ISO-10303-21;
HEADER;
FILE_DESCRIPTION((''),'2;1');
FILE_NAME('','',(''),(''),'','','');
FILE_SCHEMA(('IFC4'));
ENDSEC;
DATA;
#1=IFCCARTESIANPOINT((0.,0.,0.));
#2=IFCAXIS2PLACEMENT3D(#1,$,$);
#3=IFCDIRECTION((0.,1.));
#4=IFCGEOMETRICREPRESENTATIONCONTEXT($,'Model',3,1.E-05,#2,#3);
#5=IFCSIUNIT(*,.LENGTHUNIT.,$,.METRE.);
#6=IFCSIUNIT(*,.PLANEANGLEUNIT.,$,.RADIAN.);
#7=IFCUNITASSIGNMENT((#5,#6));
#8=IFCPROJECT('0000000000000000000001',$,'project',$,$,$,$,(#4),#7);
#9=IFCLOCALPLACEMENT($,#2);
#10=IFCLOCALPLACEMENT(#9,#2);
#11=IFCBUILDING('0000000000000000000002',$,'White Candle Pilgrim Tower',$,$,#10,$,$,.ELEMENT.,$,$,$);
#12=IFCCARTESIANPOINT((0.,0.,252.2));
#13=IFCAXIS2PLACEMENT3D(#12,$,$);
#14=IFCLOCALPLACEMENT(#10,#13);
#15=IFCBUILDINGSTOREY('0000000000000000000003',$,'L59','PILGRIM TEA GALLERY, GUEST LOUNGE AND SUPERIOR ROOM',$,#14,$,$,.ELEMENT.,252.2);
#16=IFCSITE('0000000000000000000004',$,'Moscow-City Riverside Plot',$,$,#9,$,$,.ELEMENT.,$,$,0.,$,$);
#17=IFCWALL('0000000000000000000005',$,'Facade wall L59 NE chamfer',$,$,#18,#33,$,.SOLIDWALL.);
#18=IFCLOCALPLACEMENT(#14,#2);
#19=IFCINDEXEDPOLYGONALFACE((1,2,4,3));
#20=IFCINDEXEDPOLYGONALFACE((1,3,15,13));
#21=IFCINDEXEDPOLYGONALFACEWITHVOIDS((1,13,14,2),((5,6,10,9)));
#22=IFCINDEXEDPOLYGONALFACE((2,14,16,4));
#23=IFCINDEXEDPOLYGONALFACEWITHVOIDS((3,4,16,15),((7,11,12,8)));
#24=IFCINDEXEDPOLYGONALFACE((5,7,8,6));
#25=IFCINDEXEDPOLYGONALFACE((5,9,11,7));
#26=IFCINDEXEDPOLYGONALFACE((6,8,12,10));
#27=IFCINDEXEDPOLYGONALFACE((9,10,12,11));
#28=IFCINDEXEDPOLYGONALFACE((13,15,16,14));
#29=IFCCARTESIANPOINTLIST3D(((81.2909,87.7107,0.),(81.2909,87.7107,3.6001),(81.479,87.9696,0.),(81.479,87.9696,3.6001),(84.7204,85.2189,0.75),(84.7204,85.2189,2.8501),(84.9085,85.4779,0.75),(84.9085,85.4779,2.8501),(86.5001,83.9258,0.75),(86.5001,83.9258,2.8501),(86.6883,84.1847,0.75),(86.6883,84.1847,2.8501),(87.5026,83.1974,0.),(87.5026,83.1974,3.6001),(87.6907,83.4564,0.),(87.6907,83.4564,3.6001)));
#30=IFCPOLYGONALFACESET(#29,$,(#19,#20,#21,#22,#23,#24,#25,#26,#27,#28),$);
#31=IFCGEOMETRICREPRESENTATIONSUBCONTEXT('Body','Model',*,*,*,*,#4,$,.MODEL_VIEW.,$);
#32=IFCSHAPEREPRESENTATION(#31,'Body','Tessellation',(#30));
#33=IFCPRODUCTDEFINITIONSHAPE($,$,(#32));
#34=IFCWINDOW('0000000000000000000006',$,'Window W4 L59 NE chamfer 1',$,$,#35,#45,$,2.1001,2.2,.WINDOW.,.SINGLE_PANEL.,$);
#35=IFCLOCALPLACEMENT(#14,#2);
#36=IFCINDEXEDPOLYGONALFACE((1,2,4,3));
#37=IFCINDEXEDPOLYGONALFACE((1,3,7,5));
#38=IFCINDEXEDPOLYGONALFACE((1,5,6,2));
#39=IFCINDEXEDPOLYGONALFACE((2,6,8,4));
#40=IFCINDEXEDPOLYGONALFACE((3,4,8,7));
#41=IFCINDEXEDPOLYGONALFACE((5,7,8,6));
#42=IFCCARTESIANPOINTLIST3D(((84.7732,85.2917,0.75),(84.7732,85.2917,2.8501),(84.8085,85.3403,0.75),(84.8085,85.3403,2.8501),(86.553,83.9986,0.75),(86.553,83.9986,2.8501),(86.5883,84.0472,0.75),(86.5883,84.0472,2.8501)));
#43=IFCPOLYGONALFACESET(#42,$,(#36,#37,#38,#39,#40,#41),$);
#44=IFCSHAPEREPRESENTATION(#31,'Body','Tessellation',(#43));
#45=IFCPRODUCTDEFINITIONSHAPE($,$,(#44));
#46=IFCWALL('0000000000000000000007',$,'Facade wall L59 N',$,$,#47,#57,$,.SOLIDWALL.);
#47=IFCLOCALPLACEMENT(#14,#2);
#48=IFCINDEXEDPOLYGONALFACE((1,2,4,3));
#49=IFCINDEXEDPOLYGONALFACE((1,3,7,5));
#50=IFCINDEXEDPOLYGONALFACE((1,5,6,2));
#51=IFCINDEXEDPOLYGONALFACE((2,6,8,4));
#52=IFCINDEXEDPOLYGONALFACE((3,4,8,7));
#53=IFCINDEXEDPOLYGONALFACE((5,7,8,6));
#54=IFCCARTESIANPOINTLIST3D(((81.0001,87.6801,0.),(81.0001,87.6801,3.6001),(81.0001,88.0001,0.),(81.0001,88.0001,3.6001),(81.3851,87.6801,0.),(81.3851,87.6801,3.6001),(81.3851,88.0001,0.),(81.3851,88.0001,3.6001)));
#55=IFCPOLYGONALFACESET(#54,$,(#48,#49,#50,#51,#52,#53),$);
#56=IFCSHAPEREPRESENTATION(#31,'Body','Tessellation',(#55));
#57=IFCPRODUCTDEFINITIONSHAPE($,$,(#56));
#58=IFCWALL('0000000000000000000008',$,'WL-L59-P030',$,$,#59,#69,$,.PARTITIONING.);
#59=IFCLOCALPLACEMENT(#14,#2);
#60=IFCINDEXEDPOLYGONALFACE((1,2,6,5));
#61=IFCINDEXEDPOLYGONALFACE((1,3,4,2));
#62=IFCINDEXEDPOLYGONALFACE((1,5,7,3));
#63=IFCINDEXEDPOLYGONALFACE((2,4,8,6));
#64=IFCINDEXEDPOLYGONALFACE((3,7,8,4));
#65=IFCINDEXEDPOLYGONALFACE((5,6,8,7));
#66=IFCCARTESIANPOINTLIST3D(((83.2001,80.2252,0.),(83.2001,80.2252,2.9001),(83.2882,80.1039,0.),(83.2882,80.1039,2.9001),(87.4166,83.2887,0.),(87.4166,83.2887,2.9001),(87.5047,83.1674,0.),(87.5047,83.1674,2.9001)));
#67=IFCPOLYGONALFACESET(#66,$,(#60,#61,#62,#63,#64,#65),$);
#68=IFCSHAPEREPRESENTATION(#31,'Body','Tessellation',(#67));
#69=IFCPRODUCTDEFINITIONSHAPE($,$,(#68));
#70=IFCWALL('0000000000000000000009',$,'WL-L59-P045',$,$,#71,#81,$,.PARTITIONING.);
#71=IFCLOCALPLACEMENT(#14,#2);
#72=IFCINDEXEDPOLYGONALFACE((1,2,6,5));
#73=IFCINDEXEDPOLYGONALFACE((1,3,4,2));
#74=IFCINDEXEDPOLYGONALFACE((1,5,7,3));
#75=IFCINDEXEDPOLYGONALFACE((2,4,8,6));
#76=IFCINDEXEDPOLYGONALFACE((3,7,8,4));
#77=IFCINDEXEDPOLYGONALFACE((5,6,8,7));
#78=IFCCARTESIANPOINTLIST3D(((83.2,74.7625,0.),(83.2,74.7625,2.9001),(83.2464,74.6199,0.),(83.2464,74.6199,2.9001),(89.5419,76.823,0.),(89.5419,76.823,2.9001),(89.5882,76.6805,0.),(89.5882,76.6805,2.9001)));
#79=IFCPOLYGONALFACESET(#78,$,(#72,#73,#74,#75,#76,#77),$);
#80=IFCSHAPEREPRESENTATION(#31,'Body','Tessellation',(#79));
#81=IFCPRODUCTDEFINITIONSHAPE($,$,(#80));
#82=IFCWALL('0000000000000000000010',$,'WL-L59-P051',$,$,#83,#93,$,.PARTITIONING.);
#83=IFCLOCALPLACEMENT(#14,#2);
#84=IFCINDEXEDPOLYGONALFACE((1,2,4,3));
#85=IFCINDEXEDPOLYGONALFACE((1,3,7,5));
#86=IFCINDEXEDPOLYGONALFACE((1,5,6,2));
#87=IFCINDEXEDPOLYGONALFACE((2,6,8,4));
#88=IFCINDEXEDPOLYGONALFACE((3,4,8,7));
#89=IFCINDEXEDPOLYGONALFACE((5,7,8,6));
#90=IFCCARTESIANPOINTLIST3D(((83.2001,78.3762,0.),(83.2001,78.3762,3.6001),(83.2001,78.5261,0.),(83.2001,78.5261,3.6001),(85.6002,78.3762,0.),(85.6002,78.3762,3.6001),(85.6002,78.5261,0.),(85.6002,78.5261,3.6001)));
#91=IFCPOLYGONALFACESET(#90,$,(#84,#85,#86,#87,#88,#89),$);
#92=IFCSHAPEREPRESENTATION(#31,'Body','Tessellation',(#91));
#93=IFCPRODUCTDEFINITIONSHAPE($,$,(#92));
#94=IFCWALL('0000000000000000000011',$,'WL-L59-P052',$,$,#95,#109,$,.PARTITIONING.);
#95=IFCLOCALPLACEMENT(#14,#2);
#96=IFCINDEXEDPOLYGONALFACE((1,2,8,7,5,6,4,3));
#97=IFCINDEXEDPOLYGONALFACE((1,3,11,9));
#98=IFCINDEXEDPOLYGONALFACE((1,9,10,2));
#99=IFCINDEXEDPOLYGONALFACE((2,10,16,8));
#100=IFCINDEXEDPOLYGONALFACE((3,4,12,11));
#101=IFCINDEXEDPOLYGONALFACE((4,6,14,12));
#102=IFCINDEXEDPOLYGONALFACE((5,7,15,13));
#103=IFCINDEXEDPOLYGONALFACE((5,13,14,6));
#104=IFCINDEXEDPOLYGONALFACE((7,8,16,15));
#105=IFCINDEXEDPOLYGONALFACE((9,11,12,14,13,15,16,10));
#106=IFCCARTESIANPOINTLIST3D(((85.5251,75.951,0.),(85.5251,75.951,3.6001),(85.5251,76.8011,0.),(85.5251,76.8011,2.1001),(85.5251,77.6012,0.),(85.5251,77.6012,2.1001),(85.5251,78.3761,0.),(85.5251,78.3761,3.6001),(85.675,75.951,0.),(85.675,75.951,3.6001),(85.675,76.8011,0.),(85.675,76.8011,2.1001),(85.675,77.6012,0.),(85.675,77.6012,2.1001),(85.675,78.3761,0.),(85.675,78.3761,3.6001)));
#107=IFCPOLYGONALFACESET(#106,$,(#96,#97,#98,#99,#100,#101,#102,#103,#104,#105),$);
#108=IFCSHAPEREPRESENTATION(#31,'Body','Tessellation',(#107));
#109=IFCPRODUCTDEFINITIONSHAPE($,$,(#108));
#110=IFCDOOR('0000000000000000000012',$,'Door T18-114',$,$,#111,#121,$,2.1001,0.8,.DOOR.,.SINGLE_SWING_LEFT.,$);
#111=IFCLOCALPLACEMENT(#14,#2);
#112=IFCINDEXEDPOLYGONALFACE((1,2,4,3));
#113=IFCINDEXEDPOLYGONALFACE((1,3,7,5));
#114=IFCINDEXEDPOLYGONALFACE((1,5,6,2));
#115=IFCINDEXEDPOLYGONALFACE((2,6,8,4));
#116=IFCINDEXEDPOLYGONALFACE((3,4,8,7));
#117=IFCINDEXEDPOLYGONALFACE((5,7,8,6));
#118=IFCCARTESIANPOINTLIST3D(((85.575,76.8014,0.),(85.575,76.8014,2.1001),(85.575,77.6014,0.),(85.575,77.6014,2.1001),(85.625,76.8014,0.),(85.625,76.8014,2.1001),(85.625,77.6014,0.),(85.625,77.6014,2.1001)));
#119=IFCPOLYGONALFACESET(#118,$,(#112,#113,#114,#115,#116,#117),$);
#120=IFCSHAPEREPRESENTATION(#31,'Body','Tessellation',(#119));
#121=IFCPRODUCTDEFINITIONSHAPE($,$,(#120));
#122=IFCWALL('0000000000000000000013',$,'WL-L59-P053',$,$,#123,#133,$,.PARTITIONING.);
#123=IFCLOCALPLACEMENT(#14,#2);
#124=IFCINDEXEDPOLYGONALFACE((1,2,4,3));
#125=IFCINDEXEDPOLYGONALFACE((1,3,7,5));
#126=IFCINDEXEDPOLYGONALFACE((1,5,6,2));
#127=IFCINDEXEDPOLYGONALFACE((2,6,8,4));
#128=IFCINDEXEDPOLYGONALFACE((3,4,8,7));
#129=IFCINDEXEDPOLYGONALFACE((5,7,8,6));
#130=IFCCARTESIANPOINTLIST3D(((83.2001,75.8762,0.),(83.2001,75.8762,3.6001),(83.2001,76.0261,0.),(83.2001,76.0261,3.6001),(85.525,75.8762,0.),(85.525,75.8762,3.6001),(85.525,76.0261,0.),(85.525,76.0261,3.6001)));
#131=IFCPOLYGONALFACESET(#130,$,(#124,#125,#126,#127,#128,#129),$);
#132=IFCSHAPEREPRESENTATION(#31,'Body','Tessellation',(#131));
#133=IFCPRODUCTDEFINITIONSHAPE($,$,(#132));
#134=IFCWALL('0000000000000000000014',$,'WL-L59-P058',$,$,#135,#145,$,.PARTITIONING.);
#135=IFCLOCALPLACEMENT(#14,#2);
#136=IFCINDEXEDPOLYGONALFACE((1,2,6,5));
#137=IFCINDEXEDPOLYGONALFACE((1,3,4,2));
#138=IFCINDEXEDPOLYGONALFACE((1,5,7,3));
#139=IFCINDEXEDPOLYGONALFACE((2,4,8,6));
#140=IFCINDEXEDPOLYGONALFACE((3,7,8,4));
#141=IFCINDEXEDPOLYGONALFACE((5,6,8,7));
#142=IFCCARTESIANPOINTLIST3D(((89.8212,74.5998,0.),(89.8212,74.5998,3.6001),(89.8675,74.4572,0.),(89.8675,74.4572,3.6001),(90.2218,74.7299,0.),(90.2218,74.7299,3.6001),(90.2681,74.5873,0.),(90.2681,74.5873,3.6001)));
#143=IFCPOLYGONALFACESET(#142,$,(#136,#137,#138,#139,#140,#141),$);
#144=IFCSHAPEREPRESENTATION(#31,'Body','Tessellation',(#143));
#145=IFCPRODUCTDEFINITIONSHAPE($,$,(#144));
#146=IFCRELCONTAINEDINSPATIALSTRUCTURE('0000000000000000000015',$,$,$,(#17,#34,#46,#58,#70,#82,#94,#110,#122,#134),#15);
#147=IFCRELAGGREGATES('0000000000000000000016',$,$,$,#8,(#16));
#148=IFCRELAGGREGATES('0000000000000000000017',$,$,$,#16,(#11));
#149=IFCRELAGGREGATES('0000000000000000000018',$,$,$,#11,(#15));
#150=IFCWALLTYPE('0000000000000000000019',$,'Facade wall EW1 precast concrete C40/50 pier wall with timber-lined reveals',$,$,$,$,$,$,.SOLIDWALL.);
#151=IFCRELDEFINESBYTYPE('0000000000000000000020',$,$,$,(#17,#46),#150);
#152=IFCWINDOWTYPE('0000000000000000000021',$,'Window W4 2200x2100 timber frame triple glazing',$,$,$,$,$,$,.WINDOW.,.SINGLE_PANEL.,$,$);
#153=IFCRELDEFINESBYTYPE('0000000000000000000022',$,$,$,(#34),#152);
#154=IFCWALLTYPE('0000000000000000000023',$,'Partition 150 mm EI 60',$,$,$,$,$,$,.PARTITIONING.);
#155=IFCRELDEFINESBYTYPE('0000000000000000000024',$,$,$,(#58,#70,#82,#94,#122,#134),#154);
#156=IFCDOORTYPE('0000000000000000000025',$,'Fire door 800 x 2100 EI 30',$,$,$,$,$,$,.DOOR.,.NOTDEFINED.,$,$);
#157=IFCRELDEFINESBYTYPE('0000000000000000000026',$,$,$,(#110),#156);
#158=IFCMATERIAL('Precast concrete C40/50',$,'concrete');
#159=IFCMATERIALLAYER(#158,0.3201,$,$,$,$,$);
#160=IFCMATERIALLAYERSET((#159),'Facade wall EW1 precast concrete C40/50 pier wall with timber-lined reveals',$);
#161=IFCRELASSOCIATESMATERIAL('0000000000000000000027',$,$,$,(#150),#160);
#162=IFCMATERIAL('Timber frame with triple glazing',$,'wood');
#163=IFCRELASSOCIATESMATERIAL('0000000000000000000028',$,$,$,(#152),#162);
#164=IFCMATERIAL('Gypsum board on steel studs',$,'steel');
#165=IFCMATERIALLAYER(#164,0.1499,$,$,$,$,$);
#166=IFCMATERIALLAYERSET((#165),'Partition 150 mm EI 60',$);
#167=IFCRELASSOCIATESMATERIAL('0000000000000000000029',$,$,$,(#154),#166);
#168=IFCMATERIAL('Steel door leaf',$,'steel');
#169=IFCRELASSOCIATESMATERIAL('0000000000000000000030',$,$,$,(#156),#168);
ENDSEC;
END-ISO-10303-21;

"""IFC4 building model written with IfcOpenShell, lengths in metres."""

from ifc_helpers import new_model, si_unit, direction, frame, frame_2d, origin, place, context, subcontext, project, spatial, rectangle, extrude, material, layer, layer_set, type_object, element, fill, save


model = new_model("IFC4")

# Units and contexts
model_context = context("Model", 3, precision=1e-05, world=origin(), true_north=direction((0.0, 1.0)))
body_context = subcontext(model_context, "Body", "Model", "MODEL_VIEW")
ifc_project = project(units=[si_unit("LENGTHUNIT", "METRE"), si_unit("PLANEANGLEUNIT", "RADIAN")], contexts=[model_context])

# Site, building, storey
site_placement = place(None, origin())
site = spatial("IfcSite", under=ifc_project, at=site_placement, Name="Moscow-City Riverside Plot", CompositionType="ELEMENT", RefElevation=0.0)
building_placement = place(site_placement, origin())
building = spatial("IfcBuilding", under=site, at=building_placement, Name="White Candle Pilgrim Tower", CompositionType="ELEMENT")
storey_placement = place(building_placement, frame((0.0, 0.0, 252.2)))
storey = spatial("IfcBuildingStorey", under=building, at=storey_placement, Name="L59", Description="PILGRIM TEA GALLERY, GUEST LOUNGE AND SUPERIOR ROOM", CompositionType="ELEMENT", Elevation=252.2)

# Shared definitions
ifc_material_1 = material(Name="Steel door leaf", Category="steel")

# Shared definitions
ifc_material_2 = material(Name="Gypsum board on steel studs", Category="steel")

# Wall, opening, window
ifc_material_3 = material(Name="Precast concrete C40/50", Category="concrete")
ifc_layer_1 = layer(ifc_material_3, 0.3201)
ifc_layer_set_1 = layer_set([ifc_layer_1], Name="Facade wall EW1 precast concrete C40/50 pier wall with timber-lined reveals")
wall_type_1 = type_object("IfcWallType", Name="Facade wall EW1 precast concrete C40/50 pier wall with timber-lined reveals", PredefinedType="SOLIDWALL", material=ifc_layer_set_1)
wall_1_placement = place(storey_placement, frame((87.5967, 83.3269, 0.0), z_axis=(0.0, 0.0, 1.0), x_axis=(-0.809008, 0.587797, 0.0)))
wall_1 = element("IfcWall", 1, at=wall_1_placement, inside=storey, type_object=wall_type_1, Name="Facade wall L59 NE chamfer", PredefinedType="SOLIDWALL", context=body_context, shape_type="SweptSolid", body=[
    extrude(rectangle(XDim=7.6782, YDim=0.3201, at=frame_2d((3.8391, 0.0))), origin(), (0.0, 0.0, 1.0), 3.6001),
])
opening_1_placement = place(wall_1_placement, frame((1.239, 0.0, 0.75)))
opening_1 = element("IfcOpeningElement", 2, at=opening_1_placement, cuts=wall_1, PredefinedType="OPENING", context=body_context, shape_type="SweptSolid", body=[
    extrude(rectangle(XDim=2.2, YDim=2.1001, at=frame_2d((1.1001, 1.05))), frame((0.0, 0.1699, 0.0), z_axis=(0.0, -1.0, 0.0), x_axis=(1.0, 0.0, 0.0)), (0.0, 0.0, 1.0), 0.3401),
])
ifc_material_4 = material(Name="Timber frame with triple glazing", Category="wood")
window_type = type_object("IfcWindowType", Name="Window W4 2200x2100 timber frame triple glazing", PartitioningType="SINGLE_PANEL", PredefinedType="WINDOW", material=ifc_material_4)
window_placement = place(opening_1_placement, origin())
window = element("IfcWindow", 3, at=window_placement, inside=storey, type_object=window_type, Name="Window W4 L59 NE chamfer 1", OverallHeight=2.1001, OverallWidth=2.2, PartitioningType="SINGLE_PANEL", PredefinedType="WINDOW", context=body_context, shape_type="SweptSolid", body=[
    extrude(rectangle(XDim=2.2, YDim=2.1001, at=frame_2d((1.1001, 1.05))), frame((0.0, 0.0701, 0.0), z_axis=(0.0, -1.0, 0.0), x_axis=(1.0, 0.0, 0.0)), (0.0, 0.0, 1.0), 0.0601),
])
fill(opening_1, window)

# Walls
wall_2_placement = place(storey_placement, frame((81.385, 87.8401, 0.0), z_axis=(0.0, 0.0, 1.0), x_axis=(-1.0, 0.0, 0.0)))
element("IfcWall", 4, at=wall_2_placement, inside=storey, type_object=wall_type_1, Name="Facade wall L59 N", PredefinedType="SOLIDWALL", context=body_context, shape_type="SweptSolid", body=[
    extrude(rectangle(XDim=0.385, YDim=0.3201, at=frame_2d((0.1924, 0.0))), origin(), (0.0, 0.0, 1.0), 3.6001),
])
ifc_layer_2 = layer(ifc_material_2, 0.1499)
ifc_layer_set_2 = layer_set([ifc_layer_2], Name="Partition 150 mm EI 60")
wall_type_2 = type_object("IfcWallType", Name="Partition 150 mm EI 60", PredefinedType="PARTITIONING", material=ifc_layer_set_2)
wall_3_placement = place(storey_placement, frame((87.4607, 83.228, 0.0), z_axis=(0.0, 0.0, 1.0), x_axis=(-0.80902, -0.587782, 0.0)))
element("IfcWall", 5, at=wall_3_placement, inside=storey, type_object=wall_type_2, Name="WL-L59-P030", PredefinedType="PARTITIONING", context=body_context, shape_type="SweptSolid", body=[
    extrude(rectangle(XDim=5.2119, YDim=0.1499, at=frame_2d((2.606, 0.0))), origin(), (0.0, 0.0, 1.0), 2.9001),
])
wall_4_placement = place(storey_placement, frame((89.5649, 76.7517, 0.0), z_axis=(0.0, 0.0, 1.0), x_axis=(-0.951058, -0.309013, 0.0)))
element("IfcWall", 6, at=wall_4_placement, inside=storey, type_object=wall_type_2, Name="WL-L59-P045", PredefinedType="PARTITIONING", context=body_context, shape_type="SweptSolid", body=[
    extrude(rectangle(XDim=6.6682, YDim=0.1499, at=frame_2d((3.334, 0.0))), origin(), (0.0, 0.0, 1.0), 2.9001),
])
wall_5_placement = place(storey_placement, frame((83.2, 78.4512, 0.0), z_axis=(0.0, 0.0, 1.0), x_axis=(1.0, 0.0, 0.0)))
element("IfcWall", 7, at=wall_5_placement, inside=storey, type_object=wall_type_2, Name="WL-L59-P051", PredefinedType="PARTITIONING", context=body_context, shape_type="SweptSolid", body=[
    extrude(rectangle(XDim=2.4001, YDim=0.1499, at=frame_2d((1.2002, 0.0))), origin(), (0.0, 0.0, 1.0), 3.6001),
])

# Wall, opening, door
wall_6_placement = place(storey_placement, frame((85.6001, 75.9512, 0.0), z_axis=(0.0, 0.0, 1.0), x_axis=(0.0, 1.0, 0.0)))
wall_6 = element("IfcWall", 8, at=wall_6_placement, inside=storey, type_object=wall_type_2, Name="WL-L59-P052", PredefinedType="PARTITIONING", context=body_context, shape_type="SweptSolid", body=[
    extrude(rectangle(XDim=2.425, YDim=0.1499, at=frame_2d((1.2124, 0.0))), origin(), (0.0, 0.0, 1.0), 3.6001),
])
opening_2_placement = place(wall_6_placement, frame((0.8501, 0.0, 0.0)))
opening_2 = element("IfcOpeningElement", 9, at=opening_2_placement, cuts=wall_6, PredefinedType="OPENING", context=body_context, shape_type="SweptSolid", body=[
    extrude(rectangle(XDim=0.8, YDim=2.1001, at=frame_2d((0.3999, 1.05))), frame((0.0, 0.085, 0.0), z_axis=(0.0, -1.0, 0.0), x_axis=(1.0, 0.0, 0.0)), (0.0, 0.0, 1.0), 0.1699),
])
door_type_1 = type_object("IfcDoorType", Name="Fire door 800 x 2100 EI 30", OperationType="NOTDEFINED", PredefinedType="DOOR", material=ifc_material_1)
door_1_placement = place(opening_2_placement, frame((0.8, 0.0, 0.0), z_axis=(0.0, 0.0, 1.0), x_axis=(-1.0, 0.0, 0.0)))
door_1 = element("IfcDoor", 10, at=door_1_placement, inside=storey, type_object=door_type_1, Name="Door T18-114", OperationType="SINGLE_SWING_LEFT", OverallHeight=2.1001, OverallWidth=0.8, PredefinedType="DOOR", context=body_context, shape_type="SweptSolid", body=[
    extrude(rectangle(XDim=0.8, YDim=2.1001, at=frame_2d((0.3999, 1.05))), frame((0.0, 0.0249, 0.0), z_axis=(0.0, -1.0, 0.0), x_axis=(1.0, 0.0, 0.0)), (0.0, 0.0, 1.0), 0.05),
])
fill(opening_2, door_1)

# Walls
wall_7_placement = place(storey_placement, frame((83.2, 75.9512, 0.0), z_axis=(0.0, 0.0, 1.0), x_axis=(1.0, 0.0, 0.0)))
element("IfcWall", 11, at=wall_7_placement, inside=storey, type_object=wall_type_2, Name="WL-L59-P053", PredefinedType="PARTITIONING", context=body_context, shape_type="SweptSolid", body=[
    extrude(rectangle(XDim=2.325, YDim=0.1499, at=frame_2d((1.1626, 0.0))), origin(), (0.0, 0.0, 1.0), 3.6001),
])
wall_8_placement = place(storey_placement, frame((89.8445, 74.5286, 0.0), z_axis=(0.0, 0.0, 1.0), x_axis=(0.951089, 0.308916, 0.0)))
element("IfcWall", 12, at=wall_8_placement, inside=storey, type_object=wall_type_2, Name="WL-L59-P058", PredefinedType="PARTITIONING", context=body_context, shape_type="SweptSolid", body=[
    extrude(rectangle(XDim=0.4211, YDim=0.1499, at=frame_2d((0.2104, 0.0))), origin(), (0.0, 0.0, 1.0), 3.6001),
])

save(model, "model.ifc")
